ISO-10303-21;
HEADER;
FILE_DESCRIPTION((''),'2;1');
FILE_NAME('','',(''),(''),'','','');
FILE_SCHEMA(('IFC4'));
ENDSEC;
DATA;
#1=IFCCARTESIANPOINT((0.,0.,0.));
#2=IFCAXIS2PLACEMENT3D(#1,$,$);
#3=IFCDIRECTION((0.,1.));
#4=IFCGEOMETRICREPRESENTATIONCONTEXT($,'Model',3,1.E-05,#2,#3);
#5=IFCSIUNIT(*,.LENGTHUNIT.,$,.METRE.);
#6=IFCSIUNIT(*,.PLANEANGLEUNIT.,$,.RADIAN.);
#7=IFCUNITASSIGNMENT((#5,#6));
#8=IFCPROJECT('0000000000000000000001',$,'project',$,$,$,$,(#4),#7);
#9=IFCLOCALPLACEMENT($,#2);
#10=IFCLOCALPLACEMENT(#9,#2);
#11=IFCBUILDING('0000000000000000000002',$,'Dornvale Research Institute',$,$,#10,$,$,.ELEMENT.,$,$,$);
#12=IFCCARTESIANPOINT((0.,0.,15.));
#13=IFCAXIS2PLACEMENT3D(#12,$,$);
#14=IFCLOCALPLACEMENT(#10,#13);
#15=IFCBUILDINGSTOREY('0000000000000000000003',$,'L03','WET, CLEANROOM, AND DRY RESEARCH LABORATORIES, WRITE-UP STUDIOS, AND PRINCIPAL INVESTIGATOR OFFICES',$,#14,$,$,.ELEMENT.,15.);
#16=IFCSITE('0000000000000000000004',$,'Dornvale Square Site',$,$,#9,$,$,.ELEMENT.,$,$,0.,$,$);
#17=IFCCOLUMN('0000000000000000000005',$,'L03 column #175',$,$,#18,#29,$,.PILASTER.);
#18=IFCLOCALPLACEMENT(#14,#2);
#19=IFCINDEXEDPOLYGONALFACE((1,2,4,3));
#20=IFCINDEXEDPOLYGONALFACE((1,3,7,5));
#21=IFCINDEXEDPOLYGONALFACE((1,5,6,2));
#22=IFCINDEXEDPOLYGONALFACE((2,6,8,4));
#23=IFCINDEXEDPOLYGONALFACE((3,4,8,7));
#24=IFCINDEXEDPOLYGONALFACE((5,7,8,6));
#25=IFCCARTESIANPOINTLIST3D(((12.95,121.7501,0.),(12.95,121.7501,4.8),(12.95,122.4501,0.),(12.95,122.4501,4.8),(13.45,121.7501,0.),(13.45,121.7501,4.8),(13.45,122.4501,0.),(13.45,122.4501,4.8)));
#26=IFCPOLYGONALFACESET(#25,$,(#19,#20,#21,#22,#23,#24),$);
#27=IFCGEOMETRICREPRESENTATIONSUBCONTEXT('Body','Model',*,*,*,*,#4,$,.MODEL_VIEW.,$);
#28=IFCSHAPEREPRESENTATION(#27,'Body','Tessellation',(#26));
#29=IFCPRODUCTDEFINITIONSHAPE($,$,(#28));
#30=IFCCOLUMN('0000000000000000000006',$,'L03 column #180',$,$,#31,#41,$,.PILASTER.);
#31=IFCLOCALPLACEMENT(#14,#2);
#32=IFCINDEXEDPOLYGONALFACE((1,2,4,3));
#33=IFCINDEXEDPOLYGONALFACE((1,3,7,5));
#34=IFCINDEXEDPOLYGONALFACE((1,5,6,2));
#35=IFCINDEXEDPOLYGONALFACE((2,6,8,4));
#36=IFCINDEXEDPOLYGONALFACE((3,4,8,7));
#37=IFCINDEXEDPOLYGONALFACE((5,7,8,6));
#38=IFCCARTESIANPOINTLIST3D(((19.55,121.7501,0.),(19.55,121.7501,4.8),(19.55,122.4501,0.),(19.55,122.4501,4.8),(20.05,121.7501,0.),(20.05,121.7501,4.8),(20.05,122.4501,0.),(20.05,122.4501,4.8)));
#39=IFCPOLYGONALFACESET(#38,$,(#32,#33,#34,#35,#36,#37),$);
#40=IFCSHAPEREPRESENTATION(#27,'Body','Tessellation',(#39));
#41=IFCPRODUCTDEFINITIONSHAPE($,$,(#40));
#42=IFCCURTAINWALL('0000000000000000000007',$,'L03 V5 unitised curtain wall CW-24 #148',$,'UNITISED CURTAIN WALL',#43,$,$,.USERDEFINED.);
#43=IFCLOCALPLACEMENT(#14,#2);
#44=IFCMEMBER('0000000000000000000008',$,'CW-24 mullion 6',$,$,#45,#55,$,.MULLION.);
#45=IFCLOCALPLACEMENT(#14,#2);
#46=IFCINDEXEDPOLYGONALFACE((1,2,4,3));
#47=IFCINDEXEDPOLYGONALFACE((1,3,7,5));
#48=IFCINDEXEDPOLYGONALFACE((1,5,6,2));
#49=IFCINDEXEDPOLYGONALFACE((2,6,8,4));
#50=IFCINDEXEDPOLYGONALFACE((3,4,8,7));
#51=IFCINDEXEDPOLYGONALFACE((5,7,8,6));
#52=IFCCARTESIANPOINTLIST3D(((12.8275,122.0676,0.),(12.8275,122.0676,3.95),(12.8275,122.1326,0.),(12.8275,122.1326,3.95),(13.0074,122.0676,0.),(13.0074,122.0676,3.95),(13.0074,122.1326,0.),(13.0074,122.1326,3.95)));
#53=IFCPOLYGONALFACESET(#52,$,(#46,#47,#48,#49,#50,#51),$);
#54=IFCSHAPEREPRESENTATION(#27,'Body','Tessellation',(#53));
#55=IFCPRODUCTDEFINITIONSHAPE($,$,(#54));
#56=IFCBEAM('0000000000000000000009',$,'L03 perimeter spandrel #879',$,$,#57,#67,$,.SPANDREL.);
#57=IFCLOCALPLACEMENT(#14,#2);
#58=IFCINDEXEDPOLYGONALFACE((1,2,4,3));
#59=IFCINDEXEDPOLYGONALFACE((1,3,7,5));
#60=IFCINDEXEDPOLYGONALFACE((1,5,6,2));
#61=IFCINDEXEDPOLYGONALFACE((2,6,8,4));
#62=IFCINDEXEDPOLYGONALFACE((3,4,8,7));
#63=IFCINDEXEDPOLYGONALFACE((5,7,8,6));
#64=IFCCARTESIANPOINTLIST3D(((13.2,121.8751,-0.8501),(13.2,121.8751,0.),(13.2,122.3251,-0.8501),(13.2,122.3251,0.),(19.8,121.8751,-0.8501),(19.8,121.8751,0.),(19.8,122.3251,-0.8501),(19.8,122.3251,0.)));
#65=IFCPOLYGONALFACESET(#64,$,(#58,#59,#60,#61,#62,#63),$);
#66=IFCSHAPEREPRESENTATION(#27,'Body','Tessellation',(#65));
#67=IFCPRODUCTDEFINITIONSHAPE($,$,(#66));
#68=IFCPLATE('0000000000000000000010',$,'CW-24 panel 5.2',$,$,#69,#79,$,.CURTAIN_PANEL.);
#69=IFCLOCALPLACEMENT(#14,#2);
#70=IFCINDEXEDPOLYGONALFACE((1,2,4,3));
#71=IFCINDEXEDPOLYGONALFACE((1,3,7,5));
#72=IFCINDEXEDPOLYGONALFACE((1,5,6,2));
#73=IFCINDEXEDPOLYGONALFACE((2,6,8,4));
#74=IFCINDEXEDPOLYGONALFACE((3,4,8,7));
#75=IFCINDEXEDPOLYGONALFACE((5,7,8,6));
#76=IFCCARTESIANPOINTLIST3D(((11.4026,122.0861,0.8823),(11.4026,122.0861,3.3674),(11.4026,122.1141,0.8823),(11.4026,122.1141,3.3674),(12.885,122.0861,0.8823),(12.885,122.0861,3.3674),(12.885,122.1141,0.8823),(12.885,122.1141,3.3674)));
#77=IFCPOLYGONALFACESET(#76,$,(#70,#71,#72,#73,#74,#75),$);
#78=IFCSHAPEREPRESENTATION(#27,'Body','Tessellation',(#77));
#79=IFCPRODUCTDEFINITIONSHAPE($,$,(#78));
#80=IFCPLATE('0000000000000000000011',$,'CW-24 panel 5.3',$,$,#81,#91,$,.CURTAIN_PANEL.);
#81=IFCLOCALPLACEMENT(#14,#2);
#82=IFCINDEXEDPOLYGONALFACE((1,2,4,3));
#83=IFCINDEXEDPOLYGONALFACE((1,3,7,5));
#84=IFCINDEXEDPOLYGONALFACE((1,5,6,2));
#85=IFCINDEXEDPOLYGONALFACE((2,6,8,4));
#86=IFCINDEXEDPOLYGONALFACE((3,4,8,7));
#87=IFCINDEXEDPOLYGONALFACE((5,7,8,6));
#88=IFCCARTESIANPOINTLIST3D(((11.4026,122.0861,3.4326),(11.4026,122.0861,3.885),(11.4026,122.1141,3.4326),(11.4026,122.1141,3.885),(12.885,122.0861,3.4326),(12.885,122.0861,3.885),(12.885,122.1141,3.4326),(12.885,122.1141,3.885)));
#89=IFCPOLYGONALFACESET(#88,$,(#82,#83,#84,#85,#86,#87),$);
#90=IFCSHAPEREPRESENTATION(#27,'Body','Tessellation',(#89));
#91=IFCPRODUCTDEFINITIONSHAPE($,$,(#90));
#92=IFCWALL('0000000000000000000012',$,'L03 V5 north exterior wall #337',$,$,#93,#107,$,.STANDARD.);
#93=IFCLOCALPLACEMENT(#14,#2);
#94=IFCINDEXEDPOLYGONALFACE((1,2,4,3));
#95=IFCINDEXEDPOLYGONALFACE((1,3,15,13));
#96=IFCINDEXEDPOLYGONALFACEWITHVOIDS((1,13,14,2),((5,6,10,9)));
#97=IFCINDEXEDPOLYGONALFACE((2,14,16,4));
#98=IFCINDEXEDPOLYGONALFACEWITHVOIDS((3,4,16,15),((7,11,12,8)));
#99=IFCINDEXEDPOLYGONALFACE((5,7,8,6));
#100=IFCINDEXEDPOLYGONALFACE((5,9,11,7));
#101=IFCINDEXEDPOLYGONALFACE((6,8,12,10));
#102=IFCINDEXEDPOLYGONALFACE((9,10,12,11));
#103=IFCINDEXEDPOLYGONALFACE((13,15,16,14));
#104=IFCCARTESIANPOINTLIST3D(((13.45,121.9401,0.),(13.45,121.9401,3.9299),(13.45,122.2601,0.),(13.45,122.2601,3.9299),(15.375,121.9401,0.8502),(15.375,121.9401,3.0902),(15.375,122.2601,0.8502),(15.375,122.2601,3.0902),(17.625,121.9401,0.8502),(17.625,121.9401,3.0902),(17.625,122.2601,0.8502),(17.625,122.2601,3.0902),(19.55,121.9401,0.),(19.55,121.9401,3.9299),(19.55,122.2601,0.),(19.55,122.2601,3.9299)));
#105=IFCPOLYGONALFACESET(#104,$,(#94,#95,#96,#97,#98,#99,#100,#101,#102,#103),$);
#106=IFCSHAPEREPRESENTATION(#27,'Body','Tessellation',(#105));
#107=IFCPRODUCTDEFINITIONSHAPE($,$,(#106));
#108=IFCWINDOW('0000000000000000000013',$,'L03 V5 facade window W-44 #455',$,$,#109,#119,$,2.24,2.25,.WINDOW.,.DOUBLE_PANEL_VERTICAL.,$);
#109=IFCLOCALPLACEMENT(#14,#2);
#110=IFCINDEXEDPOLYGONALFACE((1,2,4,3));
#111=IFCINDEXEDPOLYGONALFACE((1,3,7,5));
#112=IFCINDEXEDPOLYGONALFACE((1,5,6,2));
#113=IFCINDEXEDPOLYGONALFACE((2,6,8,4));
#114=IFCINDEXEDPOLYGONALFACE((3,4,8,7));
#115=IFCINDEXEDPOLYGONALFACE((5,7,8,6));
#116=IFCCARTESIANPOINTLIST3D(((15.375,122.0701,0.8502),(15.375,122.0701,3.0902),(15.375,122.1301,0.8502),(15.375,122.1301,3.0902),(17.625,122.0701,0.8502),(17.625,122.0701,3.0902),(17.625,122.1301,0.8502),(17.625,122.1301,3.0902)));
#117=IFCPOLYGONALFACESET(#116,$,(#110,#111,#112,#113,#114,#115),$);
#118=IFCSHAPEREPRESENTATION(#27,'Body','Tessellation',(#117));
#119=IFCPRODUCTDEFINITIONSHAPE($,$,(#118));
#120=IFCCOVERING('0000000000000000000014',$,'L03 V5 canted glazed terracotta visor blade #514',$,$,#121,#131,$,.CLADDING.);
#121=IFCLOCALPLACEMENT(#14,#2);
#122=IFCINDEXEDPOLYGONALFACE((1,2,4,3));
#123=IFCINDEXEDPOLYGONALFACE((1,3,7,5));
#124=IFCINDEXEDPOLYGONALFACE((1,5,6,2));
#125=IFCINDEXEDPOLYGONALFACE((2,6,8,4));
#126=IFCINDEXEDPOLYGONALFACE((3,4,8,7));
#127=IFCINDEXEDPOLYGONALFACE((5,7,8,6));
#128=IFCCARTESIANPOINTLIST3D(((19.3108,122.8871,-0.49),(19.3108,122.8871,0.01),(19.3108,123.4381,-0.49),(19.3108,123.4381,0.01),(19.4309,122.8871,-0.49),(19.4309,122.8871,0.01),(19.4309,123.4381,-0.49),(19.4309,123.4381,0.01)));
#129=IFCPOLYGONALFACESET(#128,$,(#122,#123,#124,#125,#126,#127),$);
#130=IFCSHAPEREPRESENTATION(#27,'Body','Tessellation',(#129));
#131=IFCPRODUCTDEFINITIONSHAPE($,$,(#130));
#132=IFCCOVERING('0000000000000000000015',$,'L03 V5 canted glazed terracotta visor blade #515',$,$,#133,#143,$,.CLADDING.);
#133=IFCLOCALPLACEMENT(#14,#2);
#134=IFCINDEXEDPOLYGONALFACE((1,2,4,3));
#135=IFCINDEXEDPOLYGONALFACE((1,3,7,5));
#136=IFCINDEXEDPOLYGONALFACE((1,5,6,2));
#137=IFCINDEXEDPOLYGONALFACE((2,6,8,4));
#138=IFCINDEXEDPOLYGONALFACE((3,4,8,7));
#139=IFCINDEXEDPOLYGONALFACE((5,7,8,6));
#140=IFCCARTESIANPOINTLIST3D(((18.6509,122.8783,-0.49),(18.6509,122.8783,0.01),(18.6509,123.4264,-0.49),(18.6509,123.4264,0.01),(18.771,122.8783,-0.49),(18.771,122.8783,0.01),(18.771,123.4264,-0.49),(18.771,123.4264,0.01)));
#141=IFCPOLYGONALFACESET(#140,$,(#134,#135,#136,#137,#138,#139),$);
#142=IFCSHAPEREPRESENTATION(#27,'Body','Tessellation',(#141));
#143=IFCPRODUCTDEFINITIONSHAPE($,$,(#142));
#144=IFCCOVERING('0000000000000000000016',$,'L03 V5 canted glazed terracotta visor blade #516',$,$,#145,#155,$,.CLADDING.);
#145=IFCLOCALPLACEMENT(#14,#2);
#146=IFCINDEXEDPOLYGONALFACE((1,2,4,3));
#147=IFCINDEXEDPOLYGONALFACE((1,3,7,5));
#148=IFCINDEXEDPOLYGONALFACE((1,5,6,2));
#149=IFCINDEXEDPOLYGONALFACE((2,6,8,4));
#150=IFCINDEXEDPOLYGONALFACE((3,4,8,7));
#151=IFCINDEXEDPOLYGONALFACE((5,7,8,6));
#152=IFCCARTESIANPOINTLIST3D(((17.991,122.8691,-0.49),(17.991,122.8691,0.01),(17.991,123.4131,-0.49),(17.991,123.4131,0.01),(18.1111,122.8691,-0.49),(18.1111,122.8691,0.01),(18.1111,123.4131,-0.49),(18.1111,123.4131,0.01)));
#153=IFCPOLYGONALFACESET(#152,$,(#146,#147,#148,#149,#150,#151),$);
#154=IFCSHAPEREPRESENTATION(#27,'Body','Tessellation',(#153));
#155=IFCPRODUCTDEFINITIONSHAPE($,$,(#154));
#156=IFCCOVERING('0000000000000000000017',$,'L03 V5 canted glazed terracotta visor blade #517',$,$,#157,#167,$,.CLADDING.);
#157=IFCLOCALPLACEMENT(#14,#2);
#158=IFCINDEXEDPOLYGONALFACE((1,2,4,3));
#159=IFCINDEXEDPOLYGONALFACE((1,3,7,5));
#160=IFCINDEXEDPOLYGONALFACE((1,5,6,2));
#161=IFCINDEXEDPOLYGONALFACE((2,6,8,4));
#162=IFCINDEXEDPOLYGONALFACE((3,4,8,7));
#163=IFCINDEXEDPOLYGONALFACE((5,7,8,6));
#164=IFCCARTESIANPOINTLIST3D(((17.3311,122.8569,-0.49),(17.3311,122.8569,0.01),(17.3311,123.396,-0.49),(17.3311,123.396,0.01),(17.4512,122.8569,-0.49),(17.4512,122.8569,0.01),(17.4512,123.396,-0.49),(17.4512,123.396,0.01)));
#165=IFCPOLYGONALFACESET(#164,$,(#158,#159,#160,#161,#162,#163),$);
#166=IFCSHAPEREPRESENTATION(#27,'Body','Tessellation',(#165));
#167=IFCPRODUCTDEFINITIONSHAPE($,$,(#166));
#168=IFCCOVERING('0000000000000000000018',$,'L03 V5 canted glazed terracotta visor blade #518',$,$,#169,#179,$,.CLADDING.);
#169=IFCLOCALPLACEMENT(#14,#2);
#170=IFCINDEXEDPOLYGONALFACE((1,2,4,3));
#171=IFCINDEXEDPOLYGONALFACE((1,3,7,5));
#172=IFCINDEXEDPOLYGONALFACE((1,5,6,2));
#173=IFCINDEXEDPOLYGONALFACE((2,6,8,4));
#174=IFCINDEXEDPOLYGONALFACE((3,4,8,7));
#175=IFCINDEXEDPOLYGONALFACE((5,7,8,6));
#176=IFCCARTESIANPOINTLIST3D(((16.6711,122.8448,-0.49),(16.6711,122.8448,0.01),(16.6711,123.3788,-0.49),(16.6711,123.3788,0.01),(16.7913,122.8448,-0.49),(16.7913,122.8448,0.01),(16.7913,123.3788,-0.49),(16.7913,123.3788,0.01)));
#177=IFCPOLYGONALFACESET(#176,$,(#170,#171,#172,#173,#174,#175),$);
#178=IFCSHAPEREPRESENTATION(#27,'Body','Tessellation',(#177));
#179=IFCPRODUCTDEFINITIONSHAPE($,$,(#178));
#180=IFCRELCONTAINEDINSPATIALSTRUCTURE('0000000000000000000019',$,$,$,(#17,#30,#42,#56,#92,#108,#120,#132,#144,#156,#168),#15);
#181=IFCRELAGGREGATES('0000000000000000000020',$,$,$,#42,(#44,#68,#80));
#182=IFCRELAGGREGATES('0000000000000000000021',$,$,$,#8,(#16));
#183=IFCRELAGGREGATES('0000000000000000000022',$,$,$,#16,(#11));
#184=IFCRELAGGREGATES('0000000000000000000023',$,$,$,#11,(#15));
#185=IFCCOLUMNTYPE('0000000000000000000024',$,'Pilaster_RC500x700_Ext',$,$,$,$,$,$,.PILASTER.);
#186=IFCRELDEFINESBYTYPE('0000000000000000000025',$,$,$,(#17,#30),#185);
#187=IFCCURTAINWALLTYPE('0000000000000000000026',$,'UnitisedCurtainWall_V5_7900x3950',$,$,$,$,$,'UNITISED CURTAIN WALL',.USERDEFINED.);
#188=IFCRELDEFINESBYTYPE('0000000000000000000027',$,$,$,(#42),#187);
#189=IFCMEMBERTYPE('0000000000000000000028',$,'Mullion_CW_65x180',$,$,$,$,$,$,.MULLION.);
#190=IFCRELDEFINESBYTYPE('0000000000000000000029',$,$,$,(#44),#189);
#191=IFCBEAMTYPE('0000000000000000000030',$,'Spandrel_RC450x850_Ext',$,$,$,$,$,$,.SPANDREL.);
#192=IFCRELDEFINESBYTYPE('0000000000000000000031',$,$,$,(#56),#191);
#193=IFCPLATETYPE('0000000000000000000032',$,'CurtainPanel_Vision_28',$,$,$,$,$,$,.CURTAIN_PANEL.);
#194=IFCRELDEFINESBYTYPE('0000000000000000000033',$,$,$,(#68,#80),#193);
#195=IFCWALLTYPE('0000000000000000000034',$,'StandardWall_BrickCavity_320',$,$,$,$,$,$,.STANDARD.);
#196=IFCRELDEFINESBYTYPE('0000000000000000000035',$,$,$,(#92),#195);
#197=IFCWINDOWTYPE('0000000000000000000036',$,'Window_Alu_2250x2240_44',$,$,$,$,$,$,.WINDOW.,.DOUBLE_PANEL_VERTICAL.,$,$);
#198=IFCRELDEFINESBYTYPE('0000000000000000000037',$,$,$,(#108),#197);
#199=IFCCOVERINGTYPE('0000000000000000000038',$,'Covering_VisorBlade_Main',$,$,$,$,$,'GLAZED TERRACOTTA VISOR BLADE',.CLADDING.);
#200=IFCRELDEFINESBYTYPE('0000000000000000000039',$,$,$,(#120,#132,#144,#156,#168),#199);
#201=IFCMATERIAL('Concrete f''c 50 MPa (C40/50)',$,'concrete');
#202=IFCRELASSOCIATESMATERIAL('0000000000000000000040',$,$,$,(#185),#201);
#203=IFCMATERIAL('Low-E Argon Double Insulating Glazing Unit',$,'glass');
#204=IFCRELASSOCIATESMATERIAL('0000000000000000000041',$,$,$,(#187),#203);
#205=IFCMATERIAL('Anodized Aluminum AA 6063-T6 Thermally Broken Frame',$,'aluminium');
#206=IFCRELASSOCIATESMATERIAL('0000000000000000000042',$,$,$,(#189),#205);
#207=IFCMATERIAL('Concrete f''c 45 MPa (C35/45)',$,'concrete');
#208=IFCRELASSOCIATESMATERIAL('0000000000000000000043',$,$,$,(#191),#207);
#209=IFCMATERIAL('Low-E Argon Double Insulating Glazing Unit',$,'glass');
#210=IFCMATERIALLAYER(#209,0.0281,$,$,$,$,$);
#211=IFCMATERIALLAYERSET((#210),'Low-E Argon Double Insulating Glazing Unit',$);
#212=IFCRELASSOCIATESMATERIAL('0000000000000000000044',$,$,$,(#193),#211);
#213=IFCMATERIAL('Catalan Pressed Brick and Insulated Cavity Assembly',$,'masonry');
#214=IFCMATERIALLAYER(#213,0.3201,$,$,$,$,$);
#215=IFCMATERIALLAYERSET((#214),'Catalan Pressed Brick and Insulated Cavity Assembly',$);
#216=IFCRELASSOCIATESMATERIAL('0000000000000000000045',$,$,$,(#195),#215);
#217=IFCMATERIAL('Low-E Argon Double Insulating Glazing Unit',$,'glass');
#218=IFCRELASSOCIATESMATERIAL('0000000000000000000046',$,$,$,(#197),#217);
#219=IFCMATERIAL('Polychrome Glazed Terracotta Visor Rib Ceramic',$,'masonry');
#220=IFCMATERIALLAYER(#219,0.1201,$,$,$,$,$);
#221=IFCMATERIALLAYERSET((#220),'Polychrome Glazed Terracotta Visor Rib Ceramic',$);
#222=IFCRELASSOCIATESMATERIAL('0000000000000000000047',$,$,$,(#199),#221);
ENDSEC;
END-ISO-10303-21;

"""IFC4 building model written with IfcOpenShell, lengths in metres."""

from ifc_helpers import new_model, si_unit, direction, frame, frame_2d, origin, origin_2d, place, context, subcontext, project, spatial, rectangle, extrude, material, layer, layer_set, material_profile, profile_set, type_object, element, fill, aggregate, save


model = new_model("IFC4")

# Units and contexts
model_context = context("Model", 3, precision=1e-05, world=origin(), true_north=direction((0.0, 1.0)))
body_context = subcontext(model_context, "Body", "Model", "MODEL_VIEW")
ifc_project = project(units=[si_unit("LENGTHUNIT", "METRE"), si_unit("PLANEANGLEUNIT", "RADIAN")], contexts=[model_context])

# Site, building, storey
site_placement = place(None, origin())
site = spatial("IfcSite", under=ifc_project, at=site_placement, Name="Dornvale Square Site", CompositionType="ELEMENT", RefElevation=0.0)
building_placement = place(site_placement, origin())
building = spatial("IfcBuilding", under=site, at=building_placement, Name="Dornvale Research Institute", CompositionType="ELEMENT")
storey_placement = place(building_placement, frame((0.0, 0.0, 15.0)))
storey = spatial("IfcBuildingStorey", under=building, at=storey_placement, Name="L03", Description="WET, CLEANROOM, AND DRY RESEARCH LABORATORIES, WRITE-UP STUDIOS, AND PRINCIPAL INVESTIGATOR OFFICES", CompositionType="ELEMENT", Elevation=15.0)

# Columns
ifc_material_1 = material(Name="Concrete f'c 50 MPa (C40/50)", Category="concrete")
ifc_material_profile_1 = material_profile(ifc_material_1, rectangle(XDim=0.5, YDim=0.7, at=origin_2d()), Name="RC 500x700")
ifc_profile_set_1 = profile_set([ifc_material_profile_1], Name="Concrete f'c 50 MPa (C40/50)")
column_type = type_object("IfcColumnType", Name="Pilaster_RC500x700_Ext", PredefinedType="PILASTER", material=ifc_profile_set_1)
for number, where, z_axis, x_axis, name in (
    (1, (13.2, 122.1001, 0.0), (0.0, 0.0, 1.0), (1.0, 0.0, 0.0), "L03 column #175"),
    (2, (19.8, 122.1001, 0.0), (0.0, 0.0, 1.0), (1.0, 0.0, 0.0), "L03 column #180"),
):
    element("IfcColumn", number, at=place(storey_placement, frame(where, z_axis=z_axis, x_axis=x_axis)), inside=storey, type_object=column_type, Name=name, PredefinedType="PILASTER", context=body_context, shape_type="SweptSolid", body=[
        extrude(rectangle(XDim=0.5, YDim=0.7, at=origin_2d()), origin(), (0.0, 0.0, 1.0), 4.8),
    ])

# Curtain wall, member
ifc_material_2 = material(Name="Low-E Argon Double Insulating Glazing Unit", Category="glass")
curtain_wall_type = type_object("IfcCurtainWallType", Name="UnitisedCurtainWall_V5_7900x3950", ElementType="UNITISED CURTAIN WALL", PredefinedType="USERDEFINED", material=ifc_material_2)
curtain_wall_placement = place(storey_placement, origin())
curtain_wall = element("IfcCurtainWall", 3, at=curtain_wall_placement, inside=storey, type_object=curtain_wall_type, Name="L03 V5 unitised curtain wall CW-24 #148", ObjectType="UNITISED CURTAIN WALL", PredefinedType="USERDEFINED")
ifc_material_3 = material(Name="Anodized Aluminum AA 6063-T6 Thermally Broken Frame", Category="aluminium")
ifc_material_profile_2 = material_profile(ifc_material_3, rectangle(XDim=0.0649, YDim=0.1799, at=origin_2d()), Name="ALU MULLION 65x180")
ifc_profile_set_2 = profile_set([ifc_material_profile_2], Name="Anodized Aluminum AA 6063-T6 Thermally Broken Frame")
member_type = type_object("IfcMemberType", Name="Mullion_CW_65x180", PredefinedType="MULLION", material=ifc_profile_set_2)
member_placement = place(storey_placement, frame((12.9175, 122.1001, 0.0), z_axis=(0.0, 0.0, 1.0), x_axis=(0.0, 1.0, 0.0)))
member = element("IfcMember", 4, at=member_placement, type_object=member_type, Name="CW-24 mullion 6", PredefinedType="MULLION", context=body_context, shape_type="SweptSolid", body=[
    extrude(rectangle(XDim=0.0649, YDim=0.1799, at=origin_2d()), origin(), (0.0, 0.0, 1.0), 3.95),
])

# Beam
ifc_material_4 = material(Name="Concrete f'c 45 MPa (C35/45)", Category="concrete")
ifc_material_profile_3 = material_profile(ifc_material_4, rectangle(XDim=0.45, YDim=0.8501, at=origin_2d()), Name="RC 450x850")
ifc_profile_set_3 = profile_set([ifc_material_profile_3], Name="Concrete f'c 45 MPa (C35/45)")
beam_type = type_object("IfcBeamType", Name="Spandrel_RC450x850_Ext", PredefinedType="SPANDREL", material=ifc_profile_set_3)
beam_placement = place(storey_placement, frame((13.2, 122.1001, -0.425), z_axis=(1.0, 0.0, 0.0), x_axis=(0.0, 1.0, 0.0)))
element("IfcBeam", 5, at=beam_placement, inside=storey, type_object=beam_type, Name="L03 perimeter spandrel #879", PredefinedType="SPANDREL", context=body_context, shape_type="SweptSolid", body=[
    extrude(rectangle(XDim=0.45, YDim=0.8501, at=origin_2d()), origin(), (0.0, 0.0, 1.0), 6.6001),
])

# Plates
ifc_material_5 = material(Name="Low-E Argon Double Insulating Glazing Unit", Category="glass")
ifc_layer_1 = layer(ifc_material_5, 0.0281)
ifc_layer_set_1 = layer_set([ifc_layer_1], Name="Low-E Argon Double Insulating Glazing Unit")
plate_type = type_object("IfcPlateType", Name="CurtainPanel_Vision_28", PredefinedType="CURTAIN_PANEL", material=ifc_layer_set_1)
plate_1_placement = place(storey_placement, frame((12.1438, 122.1001, 0.8823), z_axis=(0.0, 0.0, 1.0), x_axis=(1.0, 0.0, 0.0)))
plate_1 = element("IfcPlate", 6, at=plate_1_placement, type_object=plate_type, Name="CW-24 panel 5.2", PredefinedType="CURTAIN_PANEL", context=body_context, shape_type="SweptSolid", body=[
    extrude(rectangle(XDim=1.4824, YDim=0.0281, at=origin_2d()), origin(), (0.0, 0.0, 1.0), 2.4851),
])
plate_2_placement = place(storey_placement, frame((12.1438, 122.1001, 3.4326), z_axis=(0.0, 0.0, 1.0), x_axis=(1.0, 0.0, 0.0)))
plate_2 = element("IfcPlate", 7, at=plate_2_placement, type_object=plate_type, Name="CW-24 panel 5.3", PredefinedType="CURTAIN_PANEL", context=body_context, shape_type="SweptSolid", body=[
    extrude(rectangle(XDim=1.4824, YDim=0.0281, at=origin_2d()), origin(), (0.0, 0.0, 1.0), 0.4524),
])
aggregate(curtain_wall, [member, plate_1, plate_2])

# Wall, opening, window
ifc_material_6 = material(Name="Catalan Pressed Brick and Insulated Cavity Assembly", Category="masonry")
ifc_layer_2 = layer(ifc_material_6, 0.3201)
ifc_layer_set_2 = layer_set([ifc_layer_2], Name="Catalan Pressed Brick and Insulated Cavity Assembly")
wall_type = type_object("IfcWallType", Name="StandardWall_BrickCavity_320", PredefinedType="STANDARD", material=ifc_layer_set_2)
wall_placement = place(storey_placement, frame((13.45, 122.1001, 0.0), z_axis=(0.0, 0.0, 1.0), x_axis=(1.0, 0.0, 0.0)))
wall = element("IfcWall", 8, at=wall_placement, inside=storey, type_object=wall_type, Name="L03 V5 north exterior wall #337", PredefinedType="STANDARD", context=body_context, shape_type="SweptSolid", body=[
    extrude(rectangle(XDim=6.1001, YDim=0.3201, at=frame_2d((3.05, 0.0))), origin(), (0.0, 0.0, 1.0), 3.9299),
])
opening_placement = place(wall_placement, frame((1.925, 0.0, 0.8501)))
opening = element("IfcOpeningElement", 9, at=opening_placement, cuts=wall, PredefinedType="OPENING", context=body_context, shape_type="SweptSolid", body=[
    extrude(rectangle(XDim=2.25, YDim=2.24, at=frame_2d((1.125, 1.1201))), frame((0.0, 0.175, 0.0), z_axis=(0.0, -1.0, 0.0), x_axis=(1.0, 0.0, 0.0)), (0.0, 0.0, 1.0), 0.3501),
])
ifc_material_7 = material(Name="Low-E Argon Double Insulating Glazing Unit", Category="glass")
window_type = type_object("IfcWindowType", Name="Window_Alu_2250x2240_44", PartitioningType="DOUBLE_PANEL_VERTICAL", PredefinedType="WINDOW", material=ifc_material_7)
window_placement = place(opening_placement, origin())
window = element("IfcWindow", 10, at=window_placement, inside=storey, type_object=window_type, Name="L03 V5 facade window W-44 #455", OverallHeight=2.24, OverallWidth=2.25, PartitioningType="DOUBLE_PANEL_VERTICAL", PredefinedType="WINDOW", context=body_context, shape_type="SweptSolid", body=[
    extrude(rectangle(XDim=2.25, YDim=2.24, at=frame_2d((1.125, 1.1201))), frame((0.0, 0.03, 0.0), z_axis=(0.0, -1.0, 0.0), x_axis=(1.0, 0.0, 0.0)), (0.0, 0.0, 1.0), 0.0601),
])
fill(opening, window)

# Coverings
ifc_material_8 = material(Name="Polychrome Glazed Terracotta Visor Rib Ceramic", Category="masonry")
ifc_layer_3 = layer(ifc_material_8, 0.1201)
ifc_layer_set_3 = layer_set([ifc_layer_3], Name="Polychrome Glazed Terracotta Visor Rib Ceramic")
covering_type = type_object("IfcCoveringType", Name="Covering_VisorBlade_Main", ElementType="GLAZED TERRACOTTA VISOR BLADE", PredefinedType="CLADDING", material=ifc_layer_set_3)
covering_1_placement = place(storey_placement, frame((19.3708, 123.1626, -0.49), z_axis=(0.0, 0.0, 1.0), x_axis=(0.0, 1.0, 0.0)))
element("IfcCovering", 11, at=covering_1_placement, inside=storey, type_object=covering_type, Name="L03 V5 canted glazed terracotta visor blade #514", PredefinedType="CLADDING", context=body_context, shape_type="SweptSolid", body=[
    extrude(rectangle(XDim=0.551, YDim=0.1201, at=origin_2d()), origin(), (0.0, 0.0, 1.0), 0.5),
])
covering_2_placement = place(storey_placement, frame((18.7109, 123.1523, -0.49), z_axis=(0.0, 0.0, 1.0), x_axis=(0.0, 1.0, 0.0)))
element("IfcCovering", 12, at=covering_2_placement, inside=storey, type_object=covering_type, Name="L03 V5 canted glazed terracotta visor blade #515", PredefinedType="CLADDING", context=body_context, shape_type="SweptSolid", body=[
    extrude(rectangle(XDim=0.5481, YDim=0.1201, at=origin_2d()), origin(), (0.0, 0.0, 1.0), 0.5),
])
covering_3_placement = place(storey_placement, frame((18.051, 123.1411, -0.49), z_axis=(0.0, 0.0, 1.0), x_axis=(0.0, 1.0, 0.0)))
element("IfcCovering", 13, at=covering_3_placement, inside=storey, type_object=covering_type, Name="L03 V5 canted glazed terracotta visor blade #516", PredefinedType="CLADDING", context=body_context, shape_type="SweptSolid", body=[
    extrude(rectangle(XDim=0.5439, YDim=0.1201, at=origin_2d()), origin(), (0.0, 0.0, 1.0), 0.5),
])
covering_4_placement = place(storey_placement, frame((17.3911, 123.1265, -0.49), z_axis=(0.0, 0.0, 1.0), x_axis=(0.0, 1.0, 0.0)))
element("IfcCovering", 14, at=covering_4_placement, inside=storey, type_object=covering_type, Name="L03 V5 canted glazed terracotta visor blade #517", PredefinedType="CLADDING", context=body_context, shape_type="SweptSolid", body=[
    extrude(rectangle(XDim=0.5391, YDim=0.1201, at=origin_2d()), origin(), (0.0, 0.0, 1.0), 0.5),
])
covering_5_placement = place(storey_placement, frame((16.7312, 123.1118, -0.49), z_axis=(0.0, 0.0, 1.0), x_axis=(0.0, 1.0, 0.0)))
element("IfcCovering", 15, at=covering_5_placement, inside=storey, type_object=covering_type, Name="L03 V5 canted glazed terracotta visor blade #518", PredefinedType="CLADDING", context=body_context, shape_type="SweptSolid", body=[
    extrude(rectangle(XDim=0.5339, YDim=0.1201, at=origin_2d()), origin(), (0.0, 0.0, 1.0), 0.5),
])

save(model, "model.ifc")
